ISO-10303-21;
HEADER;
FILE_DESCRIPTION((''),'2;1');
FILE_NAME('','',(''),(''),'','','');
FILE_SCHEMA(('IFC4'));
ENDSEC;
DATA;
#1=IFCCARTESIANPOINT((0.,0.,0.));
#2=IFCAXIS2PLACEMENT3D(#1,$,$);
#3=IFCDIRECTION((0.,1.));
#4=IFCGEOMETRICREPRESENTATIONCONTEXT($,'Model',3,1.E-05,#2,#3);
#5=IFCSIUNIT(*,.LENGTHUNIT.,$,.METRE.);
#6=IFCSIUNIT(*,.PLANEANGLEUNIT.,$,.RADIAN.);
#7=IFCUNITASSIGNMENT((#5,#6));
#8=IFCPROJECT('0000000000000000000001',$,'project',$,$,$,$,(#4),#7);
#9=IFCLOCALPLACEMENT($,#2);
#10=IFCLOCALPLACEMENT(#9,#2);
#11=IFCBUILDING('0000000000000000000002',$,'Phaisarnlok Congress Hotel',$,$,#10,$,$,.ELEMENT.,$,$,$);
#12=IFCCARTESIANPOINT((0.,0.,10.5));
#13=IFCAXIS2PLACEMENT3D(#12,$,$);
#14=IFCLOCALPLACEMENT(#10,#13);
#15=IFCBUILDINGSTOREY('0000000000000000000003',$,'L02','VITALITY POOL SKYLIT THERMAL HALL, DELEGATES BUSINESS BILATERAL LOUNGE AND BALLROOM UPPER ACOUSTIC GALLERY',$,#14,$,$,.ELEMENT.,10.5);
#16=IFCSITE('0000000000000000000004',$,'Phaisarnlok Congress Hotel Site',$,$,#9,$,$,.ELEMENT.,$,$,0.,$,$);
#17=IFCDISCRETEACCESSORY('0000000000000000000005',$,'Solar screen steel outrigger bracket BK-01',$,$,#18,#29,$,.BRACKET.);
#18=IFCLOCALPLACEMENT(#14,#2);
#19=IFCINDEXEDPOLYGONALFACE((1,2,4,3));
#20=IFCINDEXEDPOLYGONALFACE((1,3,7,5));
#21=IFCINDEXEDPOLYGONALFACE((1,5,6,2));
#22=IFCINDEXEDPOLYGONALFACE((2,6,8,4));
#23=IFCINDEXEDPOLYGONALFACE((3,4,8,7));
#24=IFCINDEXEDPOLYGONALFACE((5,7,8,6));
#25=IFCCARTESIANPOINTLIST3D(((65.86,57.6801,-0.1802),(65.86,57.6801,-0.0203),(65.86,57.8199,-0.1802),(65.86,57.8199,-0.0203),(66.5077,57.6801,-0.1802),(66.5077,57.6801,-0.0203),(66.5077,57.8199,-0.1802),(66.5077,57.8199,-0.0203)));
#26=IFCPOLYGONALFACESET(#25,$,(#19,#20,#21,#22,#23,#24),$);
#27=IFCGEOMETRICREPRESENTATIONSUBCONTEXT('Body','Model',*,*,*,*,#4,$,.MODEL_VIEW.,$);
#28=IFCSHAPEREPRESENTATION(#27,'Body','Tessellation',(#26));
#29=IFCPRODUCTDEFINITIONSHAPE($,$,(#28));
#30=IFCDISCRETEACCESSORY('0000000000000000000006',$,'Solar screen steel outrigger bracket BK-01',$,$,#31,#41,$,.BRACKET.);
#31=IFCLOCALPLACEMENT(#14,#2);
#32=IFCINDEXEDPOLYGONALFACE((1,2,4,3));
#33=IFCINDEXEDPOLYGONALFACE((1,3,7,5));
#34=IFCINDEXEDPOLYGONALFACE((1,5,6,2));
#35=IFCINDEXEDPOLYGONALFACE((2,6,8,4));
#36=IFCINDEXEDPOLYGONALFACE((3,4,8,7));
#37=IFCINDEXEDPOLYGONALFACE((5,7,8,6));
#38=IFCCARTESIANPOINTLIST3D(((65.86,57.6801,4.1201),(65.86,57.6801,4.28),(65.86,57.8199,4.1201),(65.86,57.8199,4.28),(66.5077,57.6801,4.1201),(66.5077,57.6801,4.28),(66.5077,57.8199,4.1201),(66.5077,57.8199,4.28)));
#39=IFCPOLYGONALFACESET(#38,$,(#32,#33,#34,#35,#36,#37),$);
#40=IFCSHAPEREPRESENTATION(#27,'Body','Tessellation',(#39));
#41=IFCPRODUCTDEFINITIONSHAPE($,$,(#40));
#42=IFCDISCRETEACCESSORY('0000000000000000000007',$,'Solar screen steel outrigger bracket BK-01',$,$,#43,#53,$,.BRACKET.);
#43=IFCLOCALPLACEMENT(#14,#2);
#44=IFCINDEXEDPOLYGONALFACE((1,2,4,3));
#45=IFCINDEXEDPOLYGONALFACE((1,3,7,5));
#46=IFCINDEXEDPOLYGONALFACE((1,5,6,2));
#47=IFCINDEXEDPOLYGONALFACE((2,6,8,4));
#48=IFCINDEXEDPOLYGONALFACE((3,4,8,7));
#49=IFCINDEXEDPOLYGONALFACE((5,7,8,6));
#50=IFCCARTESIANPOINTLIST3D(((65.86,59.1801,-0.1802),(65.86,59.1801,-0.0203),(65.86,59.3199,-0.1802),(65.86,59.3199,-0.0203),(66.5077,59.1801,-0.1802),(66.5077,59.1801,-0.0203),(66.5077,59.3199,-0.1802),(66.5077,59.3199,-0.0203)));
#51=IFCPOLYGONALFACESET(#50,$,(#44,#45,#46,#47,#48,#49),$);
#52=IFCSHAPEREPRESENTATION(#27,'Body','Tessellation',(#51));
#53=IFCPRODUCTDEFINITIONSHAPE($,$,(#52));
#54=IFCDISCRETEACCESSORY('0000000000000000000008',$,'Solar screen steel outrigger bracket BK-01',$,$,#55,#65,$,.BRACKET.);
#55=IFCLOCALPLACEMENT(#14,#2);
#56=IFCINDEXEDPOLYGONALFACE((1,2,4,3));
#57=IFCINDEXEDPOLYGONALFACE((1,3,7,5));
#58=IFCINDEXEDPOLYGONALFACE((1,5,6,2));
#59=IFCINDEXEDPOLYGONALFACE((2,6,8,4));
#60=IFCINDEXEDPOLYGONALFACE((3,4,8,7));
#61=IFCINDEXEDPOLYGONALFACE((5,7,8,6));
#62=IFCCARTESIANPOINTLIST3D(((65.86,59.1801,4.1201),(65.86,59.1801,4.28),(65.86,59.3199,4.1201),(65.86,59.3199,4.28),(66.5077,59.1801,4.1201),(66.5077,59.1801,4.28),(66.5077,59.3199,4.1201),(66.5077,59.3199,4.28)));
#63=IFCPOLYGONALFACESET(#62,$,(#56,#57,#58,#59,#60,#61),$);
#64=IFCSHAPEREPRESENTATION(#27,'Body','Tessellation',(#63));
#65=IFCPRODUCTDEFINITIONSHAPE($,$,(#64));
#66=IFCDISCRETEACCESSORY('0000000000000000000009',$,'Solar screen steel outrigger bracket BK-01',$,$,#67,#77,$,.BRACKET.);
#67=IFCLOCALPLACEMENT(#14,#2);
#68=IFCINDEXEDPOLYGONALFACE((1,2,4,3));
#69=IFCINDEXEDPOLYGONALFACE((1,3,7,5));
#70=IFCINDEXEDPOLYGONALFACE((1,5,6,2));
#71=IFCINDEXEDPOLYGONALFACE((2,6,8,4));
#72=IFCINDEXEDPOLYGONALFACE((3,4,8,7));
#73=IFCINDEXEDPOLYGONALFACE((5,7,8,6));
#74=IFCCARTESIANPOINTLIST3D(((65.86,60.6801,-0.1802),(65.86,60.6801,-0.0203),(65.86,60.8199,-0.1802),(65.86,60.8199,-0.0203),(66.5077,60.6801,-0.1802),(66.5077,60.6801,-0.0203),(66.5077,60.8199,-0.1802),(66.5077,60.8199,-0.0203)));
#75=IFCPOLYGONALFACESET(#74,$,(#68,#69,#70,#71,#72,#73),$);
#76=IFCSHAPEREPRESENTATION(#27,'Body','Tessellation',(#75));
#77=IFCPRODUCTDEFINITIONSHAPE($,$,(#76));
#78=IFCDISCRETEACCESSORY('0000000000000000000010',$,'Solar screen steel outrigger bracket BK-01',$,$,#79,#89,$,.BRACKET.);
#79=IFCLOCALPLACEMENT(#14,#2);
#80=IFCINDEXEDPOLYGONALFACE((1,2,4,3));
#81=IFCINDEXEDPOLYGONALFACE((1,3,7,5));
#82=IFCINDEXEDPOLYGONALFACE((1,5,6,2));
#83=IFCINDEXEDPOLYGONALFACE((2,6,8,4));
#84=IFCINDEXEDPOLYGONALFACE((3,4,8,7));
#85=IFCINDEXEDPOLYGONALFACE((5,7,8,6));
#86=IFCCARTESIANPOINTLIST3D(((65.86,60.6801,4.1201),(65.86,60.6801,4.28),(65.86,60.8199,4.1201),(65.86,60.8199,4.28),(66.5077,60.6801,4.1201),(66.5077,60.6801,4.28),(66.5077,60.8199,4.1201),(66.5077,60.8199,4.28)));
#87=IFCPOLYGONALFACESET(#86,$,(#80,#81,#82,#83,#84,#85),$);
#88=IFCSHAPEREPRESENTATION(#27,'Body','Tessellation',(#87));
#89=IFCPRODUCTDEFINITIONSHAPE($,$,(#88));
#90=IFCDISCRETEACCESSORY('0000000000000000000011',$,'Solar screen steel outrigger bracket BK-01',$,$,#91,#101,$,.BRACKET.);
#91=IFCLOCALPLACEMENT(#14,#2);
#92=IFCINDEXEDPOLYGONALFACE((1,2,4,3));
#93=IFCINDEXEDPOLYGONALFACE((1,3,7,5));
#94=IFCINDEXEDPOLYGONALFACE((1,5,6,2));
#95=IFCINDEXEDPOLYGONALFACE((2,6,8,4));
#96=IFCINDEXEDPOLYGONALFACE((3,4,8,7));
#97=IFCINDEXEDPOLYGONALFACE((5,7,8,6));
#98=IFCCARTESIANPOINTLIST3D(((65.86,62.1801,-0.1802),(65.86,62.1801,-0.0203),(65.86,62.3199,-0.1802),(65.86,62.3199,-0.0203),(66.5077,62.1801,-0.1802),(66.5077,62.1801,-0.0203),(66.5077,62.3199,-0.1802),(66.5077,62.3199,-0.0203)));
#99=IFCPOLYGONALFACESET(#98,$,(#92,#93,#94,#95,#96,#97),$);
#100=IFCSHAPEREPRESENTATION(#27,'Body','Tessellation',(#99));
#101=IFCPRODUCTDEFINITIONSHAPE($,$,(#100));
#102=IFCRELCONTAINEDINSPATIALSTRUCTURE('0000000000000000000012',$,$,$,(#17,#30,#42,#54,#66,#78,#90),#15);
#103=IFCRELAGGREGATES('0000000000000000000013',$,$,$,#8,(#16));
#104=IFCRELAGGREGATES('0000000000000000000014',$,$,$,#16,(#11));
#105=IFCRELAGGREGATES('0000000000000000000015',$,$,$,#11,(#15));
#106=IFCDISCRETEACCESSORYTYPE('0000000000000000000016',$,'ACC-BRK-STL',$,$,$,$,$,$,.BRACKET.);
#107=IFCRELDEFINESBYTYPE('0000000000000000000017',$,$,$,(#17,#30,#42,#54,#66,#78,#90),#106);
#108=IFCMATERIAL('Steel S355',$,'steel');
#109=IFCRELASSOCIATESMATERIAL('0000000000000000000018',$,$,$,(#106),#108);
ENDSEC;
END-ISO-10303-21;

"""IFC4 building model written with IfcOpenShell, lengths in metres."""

from ifc_helpers import new_model, si_unit, direction, frame, origin, origin_2d, place, context, subcontext, project, spatial, rectangle, extrude, material, type_object, element, save


model = new_model("IFC4")

# Units and contexts
model_context = context("Model", 3, precision=1e-05, world=origin(), true_north=direction((0.0, 1.0)))
body_context = subcontext(model_context, "Body", "Model", "MODEL_VIEW")
ifc_project = project(units=[si_unit("LENGTHUNIT", "METRE"), si_unit("PLANEANGLEUNIT", "RADIAN")], contexts=[model_context])

# Site, building, storey
site_placement = place(None, origin())
site = spatial("IfcSite", under=ifc_project, at=site_placement, Name="Phaisarnlok Congress Hotel Site", CompositionType="ELEMENT", RefElevation=0.0)
building_placement = place(site_placement, origin())
building = spatial("IfcBuilding", under=site, at=building_placement, Name="Phaisarnlok Congress Hotel", CompositionType="ELEMENT")
storey_placement = place(building_placement, frame((0.0, 0.0, 10.5)))
storey = spatial("IfcBuildingStorey", under=building, at=storey_placement, Name="L02", Description="VITALITY POOL SKYLIT THERMAL HALL, DELEGATES BUSINESS BILATERAL LOUNGE AND BALLROOM UPPER ACOUSTIC GALLERY", CompositionType="ELEMENT", Elevation=10.5)

# Shared definitions
ifc_material_1 = material(Name="Steel S355", Category="steel")

# Discrete accessories
discrete_accessory_type = type_object("IfcDiscreteAccessoryType", Name="ACC-BRK-STL", PredefinedType="BRACKET", material=ifc_material_1)
for number, where, z_axis, x_axis, name in (
    (1, (66.1838, 57.75, -0.1802), (0.0, 0.0, 1.0), (1.0, 0.0, 0.0), "Solar screen steel outrigger bracket BK-01"),
    (2, (66.1838, 57.75, 4.1201), (0.0, 0.0, 1.0), (1.0, 0.0, 0.0), "Solar screen steel outrigger bracket BK-01"),
    (3, (66.1838, 59.25, -0.1802), (0.0, 0.0, 1.0), (1.0, 0.0, 0.0), "Solar screen steel outrigger bracket BK-01"),
    (4, (66.1838, 59.25, 4.1201), (0.0, 0.0, 1.0), (1.0, 0.0, 0.0), "Solar screen steel outrigger bracket BK-01"),
    (5, (66.1838, 60.75, -0.1802), (0.0, 0.0, 1.0), (1.0, 0.0, 0.0), "Solar screen steel outrigger bracket BK-01"),
    (6, (66.1838, 60.75, 4.1201), (0.0, 0.0, 1.0), (1.0, 0.0, 0.0), "Solar screen steel outrigger bracket BK-01"),
    (7, (66.1838, 62.25, -0.1802), (0.0, 0.0, 1.0), (1.0, 0.0, 0.0), "Solar screen steel outrigger bracket BK-01"),
):
    element("IfcDiscreteAccessory", number, at=place(storey_placement, frame(where, z_axis=z_axis, x_axis=x_axis)), inside=storey, type_object=discrete_accessory_type, Name=name, PredefinedType="BRACKET", context=body_context, shape_type="SweptSolid", body=[
        extrude(rectangle(XDim=0.6477, YDim=0.1399, at=origin_2d()), origin(), (0.0, 0.0, 1.0), 0.1599),
    ])

save(model, "model.ifc")
